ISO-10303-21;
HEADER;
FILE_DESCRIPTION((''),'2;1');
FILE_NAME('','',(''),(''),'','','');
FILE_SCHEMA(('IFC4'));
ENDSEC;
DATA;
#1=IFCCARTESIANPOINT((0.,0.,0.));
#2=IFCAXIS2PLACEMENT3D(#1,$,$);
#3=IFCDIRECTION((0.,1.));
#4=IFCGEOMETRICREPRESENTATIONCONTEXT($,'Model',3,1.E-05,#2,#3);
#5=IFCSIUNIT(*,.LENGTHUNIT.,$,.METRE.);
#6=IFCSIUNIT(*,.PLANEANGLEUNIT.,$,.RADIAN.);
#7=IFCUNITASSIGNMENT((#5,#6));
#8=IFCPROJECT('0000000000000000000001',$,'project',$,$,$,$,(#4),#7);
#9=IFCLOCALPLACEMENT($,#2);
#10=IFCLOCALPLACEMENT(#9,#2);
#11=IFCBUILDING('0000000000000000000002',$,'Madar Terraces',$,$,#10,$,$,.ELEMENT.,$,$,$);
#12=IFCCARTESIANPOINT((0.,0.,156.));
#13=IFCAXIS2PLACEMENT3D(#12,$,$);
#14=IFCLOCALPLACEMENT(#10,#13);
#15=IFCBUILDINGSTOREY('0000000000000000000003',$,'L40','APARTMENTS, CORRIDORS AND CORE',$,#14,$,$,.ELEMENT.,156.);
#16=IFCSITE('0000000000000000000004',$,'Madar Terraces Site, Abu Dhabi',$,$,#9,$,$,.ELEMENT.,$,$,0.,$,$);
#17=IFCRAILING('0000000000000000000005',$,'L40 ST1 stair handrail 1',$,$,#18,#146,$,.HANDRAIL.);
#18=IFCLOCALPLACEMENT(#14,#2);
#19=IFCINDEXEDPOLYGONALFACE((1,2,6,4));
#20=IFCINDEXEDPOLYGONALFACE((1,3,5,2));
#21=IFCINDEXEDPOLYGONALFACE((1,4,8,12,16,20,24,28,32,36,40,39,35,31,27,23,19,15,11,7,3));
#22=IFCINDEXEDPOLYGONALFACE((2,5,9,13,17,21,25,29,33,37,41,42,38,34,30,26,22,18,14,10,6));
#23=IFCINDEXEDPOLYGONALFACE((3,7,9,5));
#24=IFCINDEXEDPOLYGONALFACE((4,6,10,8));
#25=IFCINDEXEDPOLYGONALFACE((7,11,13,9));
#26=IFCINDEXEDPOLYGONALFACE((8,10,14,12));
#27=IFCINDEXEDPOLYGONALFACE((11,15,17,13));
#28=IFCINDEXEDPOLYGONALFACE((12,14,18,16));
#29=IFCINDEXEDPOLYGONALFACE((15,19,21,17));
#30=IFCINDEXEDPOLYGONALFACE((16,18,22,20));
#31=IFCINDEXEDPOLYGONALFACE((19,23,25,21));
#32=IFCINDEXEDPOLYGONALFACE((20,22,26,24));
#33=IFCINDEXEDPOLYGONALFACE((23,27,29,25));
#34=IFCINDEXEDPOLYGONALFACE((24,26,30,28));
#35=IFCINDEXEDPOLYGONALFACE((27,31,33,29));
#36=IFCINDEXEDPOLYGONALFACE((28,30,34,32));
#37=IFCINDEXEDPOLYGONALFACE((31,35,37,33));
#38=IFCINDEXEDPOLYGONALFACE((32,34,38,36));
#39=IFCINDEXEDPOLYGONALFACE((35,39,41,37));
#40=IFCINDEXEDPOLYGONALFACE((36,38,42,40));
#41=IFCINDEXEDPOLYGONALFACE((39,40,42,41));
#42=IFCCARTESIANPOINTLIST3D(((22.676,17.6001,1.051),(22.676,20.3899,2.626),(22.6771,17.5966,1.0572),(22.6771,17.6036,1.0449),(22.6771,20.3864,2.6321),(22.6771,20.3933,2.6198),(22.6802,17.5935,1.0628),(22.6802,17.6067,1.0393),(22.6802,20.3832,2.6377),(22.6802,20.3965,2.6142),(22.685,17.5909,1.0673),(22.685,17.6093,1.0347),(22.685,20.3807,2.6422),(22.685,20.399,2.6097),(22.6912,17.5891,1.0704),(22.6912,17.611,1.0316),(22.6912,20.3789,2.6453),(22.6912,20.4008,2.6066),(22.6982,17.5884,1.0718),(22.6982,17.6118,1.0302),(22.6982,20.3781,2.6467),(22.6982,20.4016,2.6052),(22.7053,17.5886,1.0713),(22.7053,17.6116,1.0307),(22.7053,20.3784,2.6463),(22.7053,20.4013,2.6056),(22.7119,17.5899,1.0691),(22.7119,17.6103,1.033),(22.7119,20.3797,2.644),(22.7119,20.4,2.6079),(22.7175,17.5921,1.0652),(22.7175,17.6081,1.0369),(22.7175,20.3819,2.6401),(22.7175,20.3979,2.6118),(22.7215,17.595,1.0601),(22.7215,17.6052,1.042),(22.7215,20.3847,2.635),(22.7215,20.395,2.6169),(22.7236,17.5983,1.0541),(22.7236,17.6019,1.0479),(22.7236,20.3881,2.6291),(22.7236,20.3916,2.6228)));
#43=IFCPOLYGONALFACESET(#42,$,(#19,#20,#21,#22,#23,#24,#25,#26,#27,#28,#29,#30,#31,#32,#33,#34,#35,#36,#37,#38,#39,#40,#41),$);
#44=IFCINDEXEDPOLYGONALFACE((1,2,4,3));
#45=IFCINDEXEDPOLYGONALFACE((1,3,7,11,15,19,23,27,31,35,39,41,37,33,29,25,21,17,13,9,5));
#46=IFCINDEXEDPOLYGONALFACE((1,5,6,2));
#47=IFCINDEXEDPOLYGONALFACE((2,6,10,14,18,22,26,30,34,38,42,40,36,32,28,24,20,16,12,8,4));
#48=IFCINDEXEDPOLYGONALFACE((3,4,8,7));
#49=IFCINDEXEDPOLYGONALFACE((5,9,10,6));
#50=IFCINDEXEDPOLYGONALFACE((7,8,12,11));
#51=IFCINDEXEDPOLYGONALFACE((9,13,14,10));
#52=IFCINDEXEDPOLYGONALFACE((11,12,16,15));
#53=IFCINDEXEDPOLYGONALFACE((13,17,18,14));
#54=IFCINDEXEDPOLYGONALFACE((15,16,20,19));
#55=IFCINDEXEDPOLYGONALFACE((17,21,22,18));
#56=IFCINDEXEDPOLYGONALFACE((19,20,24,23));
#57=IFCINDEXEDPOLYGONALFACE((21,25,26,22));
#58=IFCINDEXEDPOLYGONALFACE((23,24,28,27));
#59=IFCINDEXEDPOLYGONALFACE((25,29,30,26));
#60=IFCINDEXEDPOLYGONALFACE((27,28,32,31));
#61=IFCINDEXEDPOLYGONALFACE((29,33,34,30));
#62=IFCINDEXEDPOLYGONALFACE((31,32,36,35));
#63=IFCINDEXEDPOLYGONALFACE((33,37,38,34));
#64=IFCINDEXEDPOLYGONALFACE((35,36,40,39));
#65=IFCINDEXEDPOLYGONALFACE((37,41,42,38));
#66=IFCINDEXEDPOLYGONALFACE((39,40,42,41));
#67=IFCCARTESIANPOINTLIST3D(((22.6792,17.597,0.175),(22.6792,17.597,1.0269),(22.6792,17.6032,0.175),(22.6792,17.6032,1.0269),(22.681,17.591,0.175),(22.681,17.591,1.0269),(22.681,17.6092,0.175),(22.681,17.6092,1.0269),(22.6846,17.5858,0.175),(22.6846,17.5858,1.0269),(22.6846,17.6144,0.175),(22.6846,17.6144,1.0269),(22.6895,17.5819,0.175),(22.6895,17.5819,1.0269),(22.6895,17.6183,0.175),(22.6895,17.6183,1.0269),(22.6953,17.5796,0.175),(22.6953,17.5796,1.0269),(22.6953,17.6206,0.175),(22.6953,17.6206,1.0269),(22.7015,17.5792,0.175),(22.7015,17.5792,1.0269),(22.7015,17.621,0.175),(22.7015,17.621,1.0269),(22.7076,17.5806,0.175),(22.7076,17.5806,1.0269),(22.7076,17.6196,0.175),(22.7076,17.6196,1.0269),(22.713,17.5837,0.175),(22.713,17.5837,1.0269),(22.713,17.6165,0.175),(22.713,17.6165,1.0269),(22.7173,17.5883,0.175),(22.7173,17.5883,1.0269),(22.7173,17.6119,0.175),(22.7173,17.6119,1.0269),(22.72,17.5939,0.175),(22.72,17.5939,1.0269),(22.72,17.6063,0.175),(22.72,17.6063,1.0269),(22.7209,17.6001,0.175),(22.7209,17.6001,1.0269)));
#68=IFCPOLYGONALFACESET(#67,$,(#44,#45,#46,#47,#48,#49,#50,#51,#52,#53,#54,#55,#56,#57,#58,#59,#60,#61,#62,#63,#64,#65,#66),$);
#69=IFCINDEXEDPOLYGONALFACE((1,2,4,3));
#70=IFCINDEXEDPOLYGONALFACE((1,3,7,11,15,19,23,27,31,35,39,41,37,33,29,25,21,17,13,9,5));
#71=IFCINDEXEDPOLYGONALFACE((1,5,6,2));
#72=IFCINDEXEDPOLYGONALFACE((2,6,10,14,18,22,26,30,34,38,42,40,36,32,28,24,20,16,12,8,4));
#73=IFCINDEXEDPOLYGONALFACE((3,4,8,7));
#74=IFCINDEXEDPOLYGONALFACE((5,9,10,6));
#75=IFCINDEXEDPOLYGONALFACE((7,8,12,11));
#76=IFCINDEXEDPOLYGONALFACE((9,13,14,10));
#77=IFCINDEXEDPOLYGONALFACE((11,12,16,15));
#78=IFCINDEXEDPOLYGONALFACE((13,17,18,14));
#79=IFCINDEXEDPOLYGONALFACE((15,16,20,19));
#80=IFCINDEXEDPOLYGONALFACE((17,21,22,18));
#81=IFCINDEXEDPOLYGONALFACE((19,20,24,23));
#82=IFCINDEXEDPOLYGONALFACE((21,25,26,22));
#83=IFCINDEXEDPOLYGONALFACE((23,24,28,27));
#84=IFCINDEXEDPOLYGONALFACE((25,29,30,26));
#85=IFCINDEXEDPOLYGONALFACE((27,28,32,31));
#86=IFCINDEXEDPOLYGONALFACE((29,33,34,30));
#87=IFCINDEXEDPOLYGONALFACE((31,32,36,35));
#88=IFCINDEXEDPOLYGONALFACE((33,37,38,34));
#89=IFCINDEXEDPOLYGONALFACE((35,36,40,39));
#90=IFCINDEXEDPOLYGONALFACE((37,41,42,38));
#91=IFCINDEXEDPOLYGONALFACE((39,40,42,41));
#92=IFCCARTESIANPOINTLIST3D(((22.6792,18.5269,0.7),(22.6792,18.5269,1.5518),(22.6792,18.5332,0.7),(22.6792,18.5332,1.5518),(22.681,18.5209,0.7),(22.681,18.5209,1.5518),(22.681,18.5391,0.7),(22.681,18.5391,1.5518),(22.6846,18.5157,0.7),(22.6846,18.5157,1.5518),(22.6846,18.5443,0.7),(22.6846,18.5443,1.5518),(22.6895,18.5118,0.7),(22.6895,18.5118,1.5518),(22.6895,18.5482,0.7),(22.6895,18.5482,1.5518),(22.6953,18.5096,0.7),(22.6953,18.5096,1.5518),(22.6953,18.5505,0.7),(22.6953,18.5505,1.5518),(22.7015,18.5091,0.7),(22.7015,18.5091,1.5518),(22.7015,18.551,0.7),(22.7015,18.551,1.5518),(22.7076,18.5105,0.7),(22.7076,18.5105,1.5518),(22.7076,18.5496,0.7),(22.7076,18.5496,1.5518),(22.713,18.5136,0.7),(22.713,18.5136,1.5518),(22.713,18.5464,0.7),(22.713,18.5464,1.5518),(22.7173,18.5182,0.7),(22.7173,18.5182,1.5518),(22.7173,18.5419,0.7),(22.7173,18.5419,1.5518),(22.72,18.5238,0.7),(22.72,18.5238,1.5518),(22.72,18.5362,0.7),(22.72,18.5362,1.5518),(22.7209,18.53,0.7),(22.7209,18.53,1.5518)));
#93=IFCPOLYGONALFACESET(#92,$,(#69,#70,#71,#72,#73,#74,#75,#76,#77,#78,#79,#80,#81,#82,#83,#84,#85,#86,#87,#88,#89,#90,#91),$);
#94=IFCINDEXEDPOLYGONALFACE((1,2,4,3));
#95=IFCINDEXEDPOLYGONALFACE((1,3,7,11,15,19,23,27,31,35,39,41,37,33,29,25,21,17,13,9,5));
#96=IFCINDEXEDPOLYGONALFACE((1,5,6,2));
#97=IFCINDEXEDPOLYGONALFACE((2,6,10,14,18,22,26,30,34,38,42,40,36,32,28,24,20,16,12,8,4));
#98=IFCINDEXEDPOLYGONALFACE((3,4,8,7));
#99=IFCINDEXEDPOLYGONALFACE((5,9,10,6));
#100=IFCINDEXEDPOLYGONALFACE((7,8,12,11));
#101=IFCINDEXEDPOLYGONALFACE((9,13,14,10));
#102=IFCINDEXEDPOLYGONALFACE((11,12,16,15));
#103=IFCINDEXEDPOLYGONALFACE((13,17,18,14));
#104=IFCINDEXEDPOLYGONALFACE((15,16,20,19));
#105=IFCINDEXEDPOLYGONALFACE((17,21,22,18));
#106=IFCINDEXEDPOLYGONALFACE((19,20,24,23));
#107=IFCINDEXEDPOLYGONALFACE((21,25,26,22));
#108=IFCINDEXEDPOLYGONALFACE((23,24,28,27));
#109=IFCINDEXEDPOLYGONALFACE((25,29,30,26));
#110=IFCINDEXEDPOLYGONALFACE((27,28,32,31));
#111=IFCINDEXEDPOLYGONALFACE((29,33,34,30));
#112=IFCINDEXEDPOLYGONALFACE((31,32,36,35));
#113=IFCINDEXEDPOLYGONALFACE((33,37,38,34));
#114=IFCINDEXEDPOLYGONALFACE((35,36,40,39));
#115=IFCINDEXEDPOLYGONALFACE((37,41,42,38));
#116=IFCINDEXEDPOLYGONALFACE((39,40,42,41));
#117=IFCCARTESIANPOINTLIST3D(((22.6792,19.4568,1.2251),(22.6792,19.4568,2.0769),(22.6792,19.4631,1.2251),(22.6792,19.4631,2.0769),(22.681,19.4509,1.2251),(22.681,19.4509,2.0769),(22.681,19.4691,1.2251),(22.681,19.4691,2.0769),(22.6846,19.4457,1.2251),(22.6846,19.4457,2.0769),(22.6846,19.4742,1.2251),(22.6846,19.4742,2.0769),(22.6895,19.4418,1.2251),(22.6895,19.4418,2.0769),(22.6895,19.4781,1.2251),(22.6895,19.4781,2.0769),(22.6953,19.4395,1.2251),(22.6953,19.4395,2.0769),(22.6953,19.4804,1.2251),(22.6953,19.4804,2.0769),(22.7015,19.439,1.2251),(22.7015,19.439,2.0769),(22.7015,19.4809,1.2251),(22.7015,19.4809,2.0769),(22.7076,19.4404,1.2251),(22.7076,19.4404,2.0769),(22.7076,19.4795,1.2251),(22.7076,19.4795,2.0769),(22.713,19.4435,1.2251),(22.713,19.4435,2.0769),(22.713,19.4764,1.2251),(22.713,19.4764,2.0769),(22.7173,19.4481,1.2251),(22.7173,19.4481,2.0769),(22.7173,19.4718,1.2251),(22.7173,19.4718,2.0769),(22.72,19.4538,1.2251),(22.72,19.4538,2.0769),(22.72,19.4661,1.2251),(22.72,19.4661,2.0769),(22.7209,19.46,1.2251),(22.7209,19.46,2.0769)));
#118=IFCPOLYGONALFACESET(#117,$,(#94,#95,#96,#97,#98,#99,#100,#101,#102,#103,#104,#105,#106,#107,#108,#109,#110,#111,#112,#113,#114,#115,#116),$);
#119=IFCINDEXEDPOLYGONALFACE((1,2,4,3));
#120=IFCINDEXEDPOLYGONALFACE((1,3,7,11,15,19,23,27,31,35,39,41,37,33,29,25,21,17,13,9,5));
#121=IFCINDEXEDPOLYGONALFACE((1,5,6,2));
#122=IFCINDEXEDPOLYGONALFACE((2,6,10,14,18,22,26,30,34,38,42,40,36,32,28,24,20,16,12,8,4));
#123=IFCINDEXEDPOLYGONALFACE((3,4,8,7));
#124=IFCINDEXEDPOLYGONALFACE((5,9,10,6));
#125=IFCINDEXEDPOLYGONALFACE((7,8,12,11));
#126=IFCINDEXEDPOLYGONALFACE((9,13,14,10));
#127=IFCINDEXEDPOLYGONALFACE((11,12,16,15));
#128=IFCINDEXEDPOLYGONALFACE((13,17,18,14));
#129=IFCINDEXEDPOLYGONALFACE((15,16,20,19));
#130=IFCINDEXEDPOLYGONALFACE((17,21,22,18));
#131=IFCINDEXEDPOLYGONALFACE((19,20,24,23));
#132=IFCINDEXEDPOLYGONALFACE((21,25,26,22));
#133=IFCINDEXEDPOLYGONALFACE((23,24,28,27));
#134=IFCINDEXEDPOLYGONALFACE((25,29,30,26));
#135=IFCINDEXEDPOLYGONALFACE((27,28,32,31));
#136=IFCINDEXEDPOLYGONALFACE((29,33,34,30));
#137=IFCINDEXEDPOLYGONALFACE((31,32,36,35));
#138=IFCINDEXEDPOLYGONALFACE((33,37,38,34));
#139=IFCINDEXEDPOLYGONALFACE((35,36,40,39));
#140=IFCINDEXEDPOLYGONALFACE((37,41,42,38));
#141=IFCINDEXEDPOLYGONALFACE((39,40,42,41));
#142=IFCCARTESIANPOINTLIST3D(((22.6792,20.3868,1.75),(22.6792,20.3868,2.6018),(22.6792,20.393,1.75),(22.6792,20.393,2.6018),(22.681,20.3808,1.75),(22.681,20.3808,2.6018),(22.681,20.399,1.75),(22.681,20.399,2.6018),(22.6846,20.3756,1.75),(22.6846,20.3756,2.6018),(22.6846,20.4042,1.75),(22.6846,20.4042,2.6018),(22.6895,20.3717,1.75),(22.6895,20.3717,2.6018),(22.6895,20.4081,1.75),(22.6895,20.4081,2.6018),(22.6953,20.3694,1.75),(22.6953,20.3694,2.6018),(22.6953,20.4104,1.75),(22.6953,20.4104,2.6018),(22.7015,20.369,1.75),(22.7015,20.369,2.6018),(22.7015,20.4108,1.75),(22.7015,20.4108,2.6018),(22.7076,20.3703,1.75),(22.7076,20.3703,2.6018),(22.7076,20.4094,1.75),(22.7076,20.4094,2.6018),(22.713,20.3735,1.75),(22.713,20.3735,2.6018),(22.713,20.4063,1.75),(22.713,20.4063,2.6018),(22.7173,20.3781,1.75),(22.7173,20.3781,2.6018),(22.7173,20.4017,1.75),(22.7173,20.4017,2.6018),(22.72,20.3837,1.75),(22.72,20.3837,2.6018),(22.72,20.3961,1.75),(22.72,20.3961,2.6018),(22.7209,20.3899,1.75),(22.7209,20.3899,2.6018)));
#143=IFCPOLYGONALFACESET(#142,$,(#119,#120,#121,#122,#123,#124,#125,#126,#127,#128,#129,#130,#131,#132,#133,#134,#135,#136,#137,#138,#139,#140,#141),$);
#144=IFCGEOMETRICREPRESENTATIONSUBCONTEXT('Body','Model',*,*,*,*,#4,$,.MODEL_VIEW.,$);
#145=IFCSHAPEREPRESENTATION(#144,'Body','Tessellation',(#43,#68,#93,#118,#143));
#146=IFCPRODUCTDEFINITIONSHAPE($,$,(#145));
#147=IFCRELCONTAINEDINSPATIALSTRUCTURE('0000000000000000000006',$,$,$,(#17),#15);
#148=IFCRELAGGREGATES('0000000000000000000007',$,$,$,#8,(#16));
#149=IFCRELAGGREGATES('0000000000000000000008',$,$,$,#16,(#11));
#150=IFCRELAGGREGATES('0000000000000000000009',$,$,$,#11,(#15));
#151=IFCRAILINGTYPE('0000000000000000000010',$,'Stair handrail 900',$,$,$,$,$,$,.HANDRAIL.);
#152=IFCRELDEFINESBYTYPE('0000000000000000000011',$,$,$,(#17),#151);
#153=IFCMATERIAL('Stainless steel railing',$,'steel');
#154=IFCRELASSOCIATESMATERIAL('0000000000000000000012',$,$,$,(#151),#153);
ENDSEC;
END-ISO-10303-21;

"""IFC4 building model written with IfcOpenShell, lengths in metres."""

from ifc_helpers import new_model, si_unit, direction, frame, origin, origin_2d, place, context, subcontext, project, spatial, circle, extrude, material, type_object, element, save


model = new_model("IFC4")

# Units and contexts
model_context = context("Model", 3, precision=1e-05, world=origin(), true_north=direction((0.0, 1.0)))
body_context = subcontext(model_context, "Body", "Model", "MODEL_VIEW")
ifc_project = project(units=[si_unit("LENGTHUNIT", "METRE"), si_unit("PLANEANGLEUNIT", "RADIAN")], contexts=[model_context])

# Site, building, storey
site_placement = place(None, origin())
site = spatial("IfcSite", under=ifc_project, at=site_placement, Name="Madar Terraces Site, Abu Dhabi", CompositionType="ELEMENT", RefElevation=0.0)
building_placement = place(site_placement, origin())
building = spatial("IfcBuilding", under=site, at=building_placement, Name="Madar Terraces", CompositionType="ELEMENT")
storey_placement = place(building_placement, frame((0.0, 0.0, 156.0)))
storey = spatial("IfcBuildingStorey", under=building, at=storey_placement, Name="L40", Description="APARTMENTS, CORRIDORS AND CORE", CompositionType="ELEMENT", Elevation=156.0)

# Railing
ifc_material_1 = material(Name="Stainless steel railing", Category="steel")
railing_type_1 = type_object("IfcRailingType", Name="Stair handrail 900", PredefinedType="HANDRAIL", material=ifc_material_1)
railing_1_placement = place(storey_placement, frame((22.7, 17.6001, 0.175)))
element("IfcRailing", 1, at=railing_1_placement, inside=storey, type_object=railing_type_1, Name="L40 ST1 stair handrail 1", PredefinedType="HANDRAIL", context=body_context, shape_type="SweptSolid", body=[
    extrude(circle(Radius=0.0239, at=origin_2d()), frame((0.0, 0.0, 0.876), z_axis=(0.0, 0.870815, 0.49161), x_axis=(-1.0, 0.0, 0.0)), (0.0, 0.0, 1.0), 3.2036),
    extrude(circle(Radius=0.021, at=origin_2d()), origin(), (0.0, 0.0, 1.0), 0.8518),
    extrude(circle(Radius=0.021, at=origin_2d()), frame((0.0, 0.9299, 0.5249)), (0.0, 0.0, 1.0), 0.8518),
    extrude(circle(Radius=0.021, at=origin_2d()), frame((0.0, 1.8599, 1.05)), (0.0, 0.0, 1.0), 0.8518),
    extrude(circle(Radius=0.021, at=origin_2d()), frame((0.0, 2.7898, 1.575)), (0.0, 0.0, 1.0), 0.8518),
])

save(model, "model.ifc")
